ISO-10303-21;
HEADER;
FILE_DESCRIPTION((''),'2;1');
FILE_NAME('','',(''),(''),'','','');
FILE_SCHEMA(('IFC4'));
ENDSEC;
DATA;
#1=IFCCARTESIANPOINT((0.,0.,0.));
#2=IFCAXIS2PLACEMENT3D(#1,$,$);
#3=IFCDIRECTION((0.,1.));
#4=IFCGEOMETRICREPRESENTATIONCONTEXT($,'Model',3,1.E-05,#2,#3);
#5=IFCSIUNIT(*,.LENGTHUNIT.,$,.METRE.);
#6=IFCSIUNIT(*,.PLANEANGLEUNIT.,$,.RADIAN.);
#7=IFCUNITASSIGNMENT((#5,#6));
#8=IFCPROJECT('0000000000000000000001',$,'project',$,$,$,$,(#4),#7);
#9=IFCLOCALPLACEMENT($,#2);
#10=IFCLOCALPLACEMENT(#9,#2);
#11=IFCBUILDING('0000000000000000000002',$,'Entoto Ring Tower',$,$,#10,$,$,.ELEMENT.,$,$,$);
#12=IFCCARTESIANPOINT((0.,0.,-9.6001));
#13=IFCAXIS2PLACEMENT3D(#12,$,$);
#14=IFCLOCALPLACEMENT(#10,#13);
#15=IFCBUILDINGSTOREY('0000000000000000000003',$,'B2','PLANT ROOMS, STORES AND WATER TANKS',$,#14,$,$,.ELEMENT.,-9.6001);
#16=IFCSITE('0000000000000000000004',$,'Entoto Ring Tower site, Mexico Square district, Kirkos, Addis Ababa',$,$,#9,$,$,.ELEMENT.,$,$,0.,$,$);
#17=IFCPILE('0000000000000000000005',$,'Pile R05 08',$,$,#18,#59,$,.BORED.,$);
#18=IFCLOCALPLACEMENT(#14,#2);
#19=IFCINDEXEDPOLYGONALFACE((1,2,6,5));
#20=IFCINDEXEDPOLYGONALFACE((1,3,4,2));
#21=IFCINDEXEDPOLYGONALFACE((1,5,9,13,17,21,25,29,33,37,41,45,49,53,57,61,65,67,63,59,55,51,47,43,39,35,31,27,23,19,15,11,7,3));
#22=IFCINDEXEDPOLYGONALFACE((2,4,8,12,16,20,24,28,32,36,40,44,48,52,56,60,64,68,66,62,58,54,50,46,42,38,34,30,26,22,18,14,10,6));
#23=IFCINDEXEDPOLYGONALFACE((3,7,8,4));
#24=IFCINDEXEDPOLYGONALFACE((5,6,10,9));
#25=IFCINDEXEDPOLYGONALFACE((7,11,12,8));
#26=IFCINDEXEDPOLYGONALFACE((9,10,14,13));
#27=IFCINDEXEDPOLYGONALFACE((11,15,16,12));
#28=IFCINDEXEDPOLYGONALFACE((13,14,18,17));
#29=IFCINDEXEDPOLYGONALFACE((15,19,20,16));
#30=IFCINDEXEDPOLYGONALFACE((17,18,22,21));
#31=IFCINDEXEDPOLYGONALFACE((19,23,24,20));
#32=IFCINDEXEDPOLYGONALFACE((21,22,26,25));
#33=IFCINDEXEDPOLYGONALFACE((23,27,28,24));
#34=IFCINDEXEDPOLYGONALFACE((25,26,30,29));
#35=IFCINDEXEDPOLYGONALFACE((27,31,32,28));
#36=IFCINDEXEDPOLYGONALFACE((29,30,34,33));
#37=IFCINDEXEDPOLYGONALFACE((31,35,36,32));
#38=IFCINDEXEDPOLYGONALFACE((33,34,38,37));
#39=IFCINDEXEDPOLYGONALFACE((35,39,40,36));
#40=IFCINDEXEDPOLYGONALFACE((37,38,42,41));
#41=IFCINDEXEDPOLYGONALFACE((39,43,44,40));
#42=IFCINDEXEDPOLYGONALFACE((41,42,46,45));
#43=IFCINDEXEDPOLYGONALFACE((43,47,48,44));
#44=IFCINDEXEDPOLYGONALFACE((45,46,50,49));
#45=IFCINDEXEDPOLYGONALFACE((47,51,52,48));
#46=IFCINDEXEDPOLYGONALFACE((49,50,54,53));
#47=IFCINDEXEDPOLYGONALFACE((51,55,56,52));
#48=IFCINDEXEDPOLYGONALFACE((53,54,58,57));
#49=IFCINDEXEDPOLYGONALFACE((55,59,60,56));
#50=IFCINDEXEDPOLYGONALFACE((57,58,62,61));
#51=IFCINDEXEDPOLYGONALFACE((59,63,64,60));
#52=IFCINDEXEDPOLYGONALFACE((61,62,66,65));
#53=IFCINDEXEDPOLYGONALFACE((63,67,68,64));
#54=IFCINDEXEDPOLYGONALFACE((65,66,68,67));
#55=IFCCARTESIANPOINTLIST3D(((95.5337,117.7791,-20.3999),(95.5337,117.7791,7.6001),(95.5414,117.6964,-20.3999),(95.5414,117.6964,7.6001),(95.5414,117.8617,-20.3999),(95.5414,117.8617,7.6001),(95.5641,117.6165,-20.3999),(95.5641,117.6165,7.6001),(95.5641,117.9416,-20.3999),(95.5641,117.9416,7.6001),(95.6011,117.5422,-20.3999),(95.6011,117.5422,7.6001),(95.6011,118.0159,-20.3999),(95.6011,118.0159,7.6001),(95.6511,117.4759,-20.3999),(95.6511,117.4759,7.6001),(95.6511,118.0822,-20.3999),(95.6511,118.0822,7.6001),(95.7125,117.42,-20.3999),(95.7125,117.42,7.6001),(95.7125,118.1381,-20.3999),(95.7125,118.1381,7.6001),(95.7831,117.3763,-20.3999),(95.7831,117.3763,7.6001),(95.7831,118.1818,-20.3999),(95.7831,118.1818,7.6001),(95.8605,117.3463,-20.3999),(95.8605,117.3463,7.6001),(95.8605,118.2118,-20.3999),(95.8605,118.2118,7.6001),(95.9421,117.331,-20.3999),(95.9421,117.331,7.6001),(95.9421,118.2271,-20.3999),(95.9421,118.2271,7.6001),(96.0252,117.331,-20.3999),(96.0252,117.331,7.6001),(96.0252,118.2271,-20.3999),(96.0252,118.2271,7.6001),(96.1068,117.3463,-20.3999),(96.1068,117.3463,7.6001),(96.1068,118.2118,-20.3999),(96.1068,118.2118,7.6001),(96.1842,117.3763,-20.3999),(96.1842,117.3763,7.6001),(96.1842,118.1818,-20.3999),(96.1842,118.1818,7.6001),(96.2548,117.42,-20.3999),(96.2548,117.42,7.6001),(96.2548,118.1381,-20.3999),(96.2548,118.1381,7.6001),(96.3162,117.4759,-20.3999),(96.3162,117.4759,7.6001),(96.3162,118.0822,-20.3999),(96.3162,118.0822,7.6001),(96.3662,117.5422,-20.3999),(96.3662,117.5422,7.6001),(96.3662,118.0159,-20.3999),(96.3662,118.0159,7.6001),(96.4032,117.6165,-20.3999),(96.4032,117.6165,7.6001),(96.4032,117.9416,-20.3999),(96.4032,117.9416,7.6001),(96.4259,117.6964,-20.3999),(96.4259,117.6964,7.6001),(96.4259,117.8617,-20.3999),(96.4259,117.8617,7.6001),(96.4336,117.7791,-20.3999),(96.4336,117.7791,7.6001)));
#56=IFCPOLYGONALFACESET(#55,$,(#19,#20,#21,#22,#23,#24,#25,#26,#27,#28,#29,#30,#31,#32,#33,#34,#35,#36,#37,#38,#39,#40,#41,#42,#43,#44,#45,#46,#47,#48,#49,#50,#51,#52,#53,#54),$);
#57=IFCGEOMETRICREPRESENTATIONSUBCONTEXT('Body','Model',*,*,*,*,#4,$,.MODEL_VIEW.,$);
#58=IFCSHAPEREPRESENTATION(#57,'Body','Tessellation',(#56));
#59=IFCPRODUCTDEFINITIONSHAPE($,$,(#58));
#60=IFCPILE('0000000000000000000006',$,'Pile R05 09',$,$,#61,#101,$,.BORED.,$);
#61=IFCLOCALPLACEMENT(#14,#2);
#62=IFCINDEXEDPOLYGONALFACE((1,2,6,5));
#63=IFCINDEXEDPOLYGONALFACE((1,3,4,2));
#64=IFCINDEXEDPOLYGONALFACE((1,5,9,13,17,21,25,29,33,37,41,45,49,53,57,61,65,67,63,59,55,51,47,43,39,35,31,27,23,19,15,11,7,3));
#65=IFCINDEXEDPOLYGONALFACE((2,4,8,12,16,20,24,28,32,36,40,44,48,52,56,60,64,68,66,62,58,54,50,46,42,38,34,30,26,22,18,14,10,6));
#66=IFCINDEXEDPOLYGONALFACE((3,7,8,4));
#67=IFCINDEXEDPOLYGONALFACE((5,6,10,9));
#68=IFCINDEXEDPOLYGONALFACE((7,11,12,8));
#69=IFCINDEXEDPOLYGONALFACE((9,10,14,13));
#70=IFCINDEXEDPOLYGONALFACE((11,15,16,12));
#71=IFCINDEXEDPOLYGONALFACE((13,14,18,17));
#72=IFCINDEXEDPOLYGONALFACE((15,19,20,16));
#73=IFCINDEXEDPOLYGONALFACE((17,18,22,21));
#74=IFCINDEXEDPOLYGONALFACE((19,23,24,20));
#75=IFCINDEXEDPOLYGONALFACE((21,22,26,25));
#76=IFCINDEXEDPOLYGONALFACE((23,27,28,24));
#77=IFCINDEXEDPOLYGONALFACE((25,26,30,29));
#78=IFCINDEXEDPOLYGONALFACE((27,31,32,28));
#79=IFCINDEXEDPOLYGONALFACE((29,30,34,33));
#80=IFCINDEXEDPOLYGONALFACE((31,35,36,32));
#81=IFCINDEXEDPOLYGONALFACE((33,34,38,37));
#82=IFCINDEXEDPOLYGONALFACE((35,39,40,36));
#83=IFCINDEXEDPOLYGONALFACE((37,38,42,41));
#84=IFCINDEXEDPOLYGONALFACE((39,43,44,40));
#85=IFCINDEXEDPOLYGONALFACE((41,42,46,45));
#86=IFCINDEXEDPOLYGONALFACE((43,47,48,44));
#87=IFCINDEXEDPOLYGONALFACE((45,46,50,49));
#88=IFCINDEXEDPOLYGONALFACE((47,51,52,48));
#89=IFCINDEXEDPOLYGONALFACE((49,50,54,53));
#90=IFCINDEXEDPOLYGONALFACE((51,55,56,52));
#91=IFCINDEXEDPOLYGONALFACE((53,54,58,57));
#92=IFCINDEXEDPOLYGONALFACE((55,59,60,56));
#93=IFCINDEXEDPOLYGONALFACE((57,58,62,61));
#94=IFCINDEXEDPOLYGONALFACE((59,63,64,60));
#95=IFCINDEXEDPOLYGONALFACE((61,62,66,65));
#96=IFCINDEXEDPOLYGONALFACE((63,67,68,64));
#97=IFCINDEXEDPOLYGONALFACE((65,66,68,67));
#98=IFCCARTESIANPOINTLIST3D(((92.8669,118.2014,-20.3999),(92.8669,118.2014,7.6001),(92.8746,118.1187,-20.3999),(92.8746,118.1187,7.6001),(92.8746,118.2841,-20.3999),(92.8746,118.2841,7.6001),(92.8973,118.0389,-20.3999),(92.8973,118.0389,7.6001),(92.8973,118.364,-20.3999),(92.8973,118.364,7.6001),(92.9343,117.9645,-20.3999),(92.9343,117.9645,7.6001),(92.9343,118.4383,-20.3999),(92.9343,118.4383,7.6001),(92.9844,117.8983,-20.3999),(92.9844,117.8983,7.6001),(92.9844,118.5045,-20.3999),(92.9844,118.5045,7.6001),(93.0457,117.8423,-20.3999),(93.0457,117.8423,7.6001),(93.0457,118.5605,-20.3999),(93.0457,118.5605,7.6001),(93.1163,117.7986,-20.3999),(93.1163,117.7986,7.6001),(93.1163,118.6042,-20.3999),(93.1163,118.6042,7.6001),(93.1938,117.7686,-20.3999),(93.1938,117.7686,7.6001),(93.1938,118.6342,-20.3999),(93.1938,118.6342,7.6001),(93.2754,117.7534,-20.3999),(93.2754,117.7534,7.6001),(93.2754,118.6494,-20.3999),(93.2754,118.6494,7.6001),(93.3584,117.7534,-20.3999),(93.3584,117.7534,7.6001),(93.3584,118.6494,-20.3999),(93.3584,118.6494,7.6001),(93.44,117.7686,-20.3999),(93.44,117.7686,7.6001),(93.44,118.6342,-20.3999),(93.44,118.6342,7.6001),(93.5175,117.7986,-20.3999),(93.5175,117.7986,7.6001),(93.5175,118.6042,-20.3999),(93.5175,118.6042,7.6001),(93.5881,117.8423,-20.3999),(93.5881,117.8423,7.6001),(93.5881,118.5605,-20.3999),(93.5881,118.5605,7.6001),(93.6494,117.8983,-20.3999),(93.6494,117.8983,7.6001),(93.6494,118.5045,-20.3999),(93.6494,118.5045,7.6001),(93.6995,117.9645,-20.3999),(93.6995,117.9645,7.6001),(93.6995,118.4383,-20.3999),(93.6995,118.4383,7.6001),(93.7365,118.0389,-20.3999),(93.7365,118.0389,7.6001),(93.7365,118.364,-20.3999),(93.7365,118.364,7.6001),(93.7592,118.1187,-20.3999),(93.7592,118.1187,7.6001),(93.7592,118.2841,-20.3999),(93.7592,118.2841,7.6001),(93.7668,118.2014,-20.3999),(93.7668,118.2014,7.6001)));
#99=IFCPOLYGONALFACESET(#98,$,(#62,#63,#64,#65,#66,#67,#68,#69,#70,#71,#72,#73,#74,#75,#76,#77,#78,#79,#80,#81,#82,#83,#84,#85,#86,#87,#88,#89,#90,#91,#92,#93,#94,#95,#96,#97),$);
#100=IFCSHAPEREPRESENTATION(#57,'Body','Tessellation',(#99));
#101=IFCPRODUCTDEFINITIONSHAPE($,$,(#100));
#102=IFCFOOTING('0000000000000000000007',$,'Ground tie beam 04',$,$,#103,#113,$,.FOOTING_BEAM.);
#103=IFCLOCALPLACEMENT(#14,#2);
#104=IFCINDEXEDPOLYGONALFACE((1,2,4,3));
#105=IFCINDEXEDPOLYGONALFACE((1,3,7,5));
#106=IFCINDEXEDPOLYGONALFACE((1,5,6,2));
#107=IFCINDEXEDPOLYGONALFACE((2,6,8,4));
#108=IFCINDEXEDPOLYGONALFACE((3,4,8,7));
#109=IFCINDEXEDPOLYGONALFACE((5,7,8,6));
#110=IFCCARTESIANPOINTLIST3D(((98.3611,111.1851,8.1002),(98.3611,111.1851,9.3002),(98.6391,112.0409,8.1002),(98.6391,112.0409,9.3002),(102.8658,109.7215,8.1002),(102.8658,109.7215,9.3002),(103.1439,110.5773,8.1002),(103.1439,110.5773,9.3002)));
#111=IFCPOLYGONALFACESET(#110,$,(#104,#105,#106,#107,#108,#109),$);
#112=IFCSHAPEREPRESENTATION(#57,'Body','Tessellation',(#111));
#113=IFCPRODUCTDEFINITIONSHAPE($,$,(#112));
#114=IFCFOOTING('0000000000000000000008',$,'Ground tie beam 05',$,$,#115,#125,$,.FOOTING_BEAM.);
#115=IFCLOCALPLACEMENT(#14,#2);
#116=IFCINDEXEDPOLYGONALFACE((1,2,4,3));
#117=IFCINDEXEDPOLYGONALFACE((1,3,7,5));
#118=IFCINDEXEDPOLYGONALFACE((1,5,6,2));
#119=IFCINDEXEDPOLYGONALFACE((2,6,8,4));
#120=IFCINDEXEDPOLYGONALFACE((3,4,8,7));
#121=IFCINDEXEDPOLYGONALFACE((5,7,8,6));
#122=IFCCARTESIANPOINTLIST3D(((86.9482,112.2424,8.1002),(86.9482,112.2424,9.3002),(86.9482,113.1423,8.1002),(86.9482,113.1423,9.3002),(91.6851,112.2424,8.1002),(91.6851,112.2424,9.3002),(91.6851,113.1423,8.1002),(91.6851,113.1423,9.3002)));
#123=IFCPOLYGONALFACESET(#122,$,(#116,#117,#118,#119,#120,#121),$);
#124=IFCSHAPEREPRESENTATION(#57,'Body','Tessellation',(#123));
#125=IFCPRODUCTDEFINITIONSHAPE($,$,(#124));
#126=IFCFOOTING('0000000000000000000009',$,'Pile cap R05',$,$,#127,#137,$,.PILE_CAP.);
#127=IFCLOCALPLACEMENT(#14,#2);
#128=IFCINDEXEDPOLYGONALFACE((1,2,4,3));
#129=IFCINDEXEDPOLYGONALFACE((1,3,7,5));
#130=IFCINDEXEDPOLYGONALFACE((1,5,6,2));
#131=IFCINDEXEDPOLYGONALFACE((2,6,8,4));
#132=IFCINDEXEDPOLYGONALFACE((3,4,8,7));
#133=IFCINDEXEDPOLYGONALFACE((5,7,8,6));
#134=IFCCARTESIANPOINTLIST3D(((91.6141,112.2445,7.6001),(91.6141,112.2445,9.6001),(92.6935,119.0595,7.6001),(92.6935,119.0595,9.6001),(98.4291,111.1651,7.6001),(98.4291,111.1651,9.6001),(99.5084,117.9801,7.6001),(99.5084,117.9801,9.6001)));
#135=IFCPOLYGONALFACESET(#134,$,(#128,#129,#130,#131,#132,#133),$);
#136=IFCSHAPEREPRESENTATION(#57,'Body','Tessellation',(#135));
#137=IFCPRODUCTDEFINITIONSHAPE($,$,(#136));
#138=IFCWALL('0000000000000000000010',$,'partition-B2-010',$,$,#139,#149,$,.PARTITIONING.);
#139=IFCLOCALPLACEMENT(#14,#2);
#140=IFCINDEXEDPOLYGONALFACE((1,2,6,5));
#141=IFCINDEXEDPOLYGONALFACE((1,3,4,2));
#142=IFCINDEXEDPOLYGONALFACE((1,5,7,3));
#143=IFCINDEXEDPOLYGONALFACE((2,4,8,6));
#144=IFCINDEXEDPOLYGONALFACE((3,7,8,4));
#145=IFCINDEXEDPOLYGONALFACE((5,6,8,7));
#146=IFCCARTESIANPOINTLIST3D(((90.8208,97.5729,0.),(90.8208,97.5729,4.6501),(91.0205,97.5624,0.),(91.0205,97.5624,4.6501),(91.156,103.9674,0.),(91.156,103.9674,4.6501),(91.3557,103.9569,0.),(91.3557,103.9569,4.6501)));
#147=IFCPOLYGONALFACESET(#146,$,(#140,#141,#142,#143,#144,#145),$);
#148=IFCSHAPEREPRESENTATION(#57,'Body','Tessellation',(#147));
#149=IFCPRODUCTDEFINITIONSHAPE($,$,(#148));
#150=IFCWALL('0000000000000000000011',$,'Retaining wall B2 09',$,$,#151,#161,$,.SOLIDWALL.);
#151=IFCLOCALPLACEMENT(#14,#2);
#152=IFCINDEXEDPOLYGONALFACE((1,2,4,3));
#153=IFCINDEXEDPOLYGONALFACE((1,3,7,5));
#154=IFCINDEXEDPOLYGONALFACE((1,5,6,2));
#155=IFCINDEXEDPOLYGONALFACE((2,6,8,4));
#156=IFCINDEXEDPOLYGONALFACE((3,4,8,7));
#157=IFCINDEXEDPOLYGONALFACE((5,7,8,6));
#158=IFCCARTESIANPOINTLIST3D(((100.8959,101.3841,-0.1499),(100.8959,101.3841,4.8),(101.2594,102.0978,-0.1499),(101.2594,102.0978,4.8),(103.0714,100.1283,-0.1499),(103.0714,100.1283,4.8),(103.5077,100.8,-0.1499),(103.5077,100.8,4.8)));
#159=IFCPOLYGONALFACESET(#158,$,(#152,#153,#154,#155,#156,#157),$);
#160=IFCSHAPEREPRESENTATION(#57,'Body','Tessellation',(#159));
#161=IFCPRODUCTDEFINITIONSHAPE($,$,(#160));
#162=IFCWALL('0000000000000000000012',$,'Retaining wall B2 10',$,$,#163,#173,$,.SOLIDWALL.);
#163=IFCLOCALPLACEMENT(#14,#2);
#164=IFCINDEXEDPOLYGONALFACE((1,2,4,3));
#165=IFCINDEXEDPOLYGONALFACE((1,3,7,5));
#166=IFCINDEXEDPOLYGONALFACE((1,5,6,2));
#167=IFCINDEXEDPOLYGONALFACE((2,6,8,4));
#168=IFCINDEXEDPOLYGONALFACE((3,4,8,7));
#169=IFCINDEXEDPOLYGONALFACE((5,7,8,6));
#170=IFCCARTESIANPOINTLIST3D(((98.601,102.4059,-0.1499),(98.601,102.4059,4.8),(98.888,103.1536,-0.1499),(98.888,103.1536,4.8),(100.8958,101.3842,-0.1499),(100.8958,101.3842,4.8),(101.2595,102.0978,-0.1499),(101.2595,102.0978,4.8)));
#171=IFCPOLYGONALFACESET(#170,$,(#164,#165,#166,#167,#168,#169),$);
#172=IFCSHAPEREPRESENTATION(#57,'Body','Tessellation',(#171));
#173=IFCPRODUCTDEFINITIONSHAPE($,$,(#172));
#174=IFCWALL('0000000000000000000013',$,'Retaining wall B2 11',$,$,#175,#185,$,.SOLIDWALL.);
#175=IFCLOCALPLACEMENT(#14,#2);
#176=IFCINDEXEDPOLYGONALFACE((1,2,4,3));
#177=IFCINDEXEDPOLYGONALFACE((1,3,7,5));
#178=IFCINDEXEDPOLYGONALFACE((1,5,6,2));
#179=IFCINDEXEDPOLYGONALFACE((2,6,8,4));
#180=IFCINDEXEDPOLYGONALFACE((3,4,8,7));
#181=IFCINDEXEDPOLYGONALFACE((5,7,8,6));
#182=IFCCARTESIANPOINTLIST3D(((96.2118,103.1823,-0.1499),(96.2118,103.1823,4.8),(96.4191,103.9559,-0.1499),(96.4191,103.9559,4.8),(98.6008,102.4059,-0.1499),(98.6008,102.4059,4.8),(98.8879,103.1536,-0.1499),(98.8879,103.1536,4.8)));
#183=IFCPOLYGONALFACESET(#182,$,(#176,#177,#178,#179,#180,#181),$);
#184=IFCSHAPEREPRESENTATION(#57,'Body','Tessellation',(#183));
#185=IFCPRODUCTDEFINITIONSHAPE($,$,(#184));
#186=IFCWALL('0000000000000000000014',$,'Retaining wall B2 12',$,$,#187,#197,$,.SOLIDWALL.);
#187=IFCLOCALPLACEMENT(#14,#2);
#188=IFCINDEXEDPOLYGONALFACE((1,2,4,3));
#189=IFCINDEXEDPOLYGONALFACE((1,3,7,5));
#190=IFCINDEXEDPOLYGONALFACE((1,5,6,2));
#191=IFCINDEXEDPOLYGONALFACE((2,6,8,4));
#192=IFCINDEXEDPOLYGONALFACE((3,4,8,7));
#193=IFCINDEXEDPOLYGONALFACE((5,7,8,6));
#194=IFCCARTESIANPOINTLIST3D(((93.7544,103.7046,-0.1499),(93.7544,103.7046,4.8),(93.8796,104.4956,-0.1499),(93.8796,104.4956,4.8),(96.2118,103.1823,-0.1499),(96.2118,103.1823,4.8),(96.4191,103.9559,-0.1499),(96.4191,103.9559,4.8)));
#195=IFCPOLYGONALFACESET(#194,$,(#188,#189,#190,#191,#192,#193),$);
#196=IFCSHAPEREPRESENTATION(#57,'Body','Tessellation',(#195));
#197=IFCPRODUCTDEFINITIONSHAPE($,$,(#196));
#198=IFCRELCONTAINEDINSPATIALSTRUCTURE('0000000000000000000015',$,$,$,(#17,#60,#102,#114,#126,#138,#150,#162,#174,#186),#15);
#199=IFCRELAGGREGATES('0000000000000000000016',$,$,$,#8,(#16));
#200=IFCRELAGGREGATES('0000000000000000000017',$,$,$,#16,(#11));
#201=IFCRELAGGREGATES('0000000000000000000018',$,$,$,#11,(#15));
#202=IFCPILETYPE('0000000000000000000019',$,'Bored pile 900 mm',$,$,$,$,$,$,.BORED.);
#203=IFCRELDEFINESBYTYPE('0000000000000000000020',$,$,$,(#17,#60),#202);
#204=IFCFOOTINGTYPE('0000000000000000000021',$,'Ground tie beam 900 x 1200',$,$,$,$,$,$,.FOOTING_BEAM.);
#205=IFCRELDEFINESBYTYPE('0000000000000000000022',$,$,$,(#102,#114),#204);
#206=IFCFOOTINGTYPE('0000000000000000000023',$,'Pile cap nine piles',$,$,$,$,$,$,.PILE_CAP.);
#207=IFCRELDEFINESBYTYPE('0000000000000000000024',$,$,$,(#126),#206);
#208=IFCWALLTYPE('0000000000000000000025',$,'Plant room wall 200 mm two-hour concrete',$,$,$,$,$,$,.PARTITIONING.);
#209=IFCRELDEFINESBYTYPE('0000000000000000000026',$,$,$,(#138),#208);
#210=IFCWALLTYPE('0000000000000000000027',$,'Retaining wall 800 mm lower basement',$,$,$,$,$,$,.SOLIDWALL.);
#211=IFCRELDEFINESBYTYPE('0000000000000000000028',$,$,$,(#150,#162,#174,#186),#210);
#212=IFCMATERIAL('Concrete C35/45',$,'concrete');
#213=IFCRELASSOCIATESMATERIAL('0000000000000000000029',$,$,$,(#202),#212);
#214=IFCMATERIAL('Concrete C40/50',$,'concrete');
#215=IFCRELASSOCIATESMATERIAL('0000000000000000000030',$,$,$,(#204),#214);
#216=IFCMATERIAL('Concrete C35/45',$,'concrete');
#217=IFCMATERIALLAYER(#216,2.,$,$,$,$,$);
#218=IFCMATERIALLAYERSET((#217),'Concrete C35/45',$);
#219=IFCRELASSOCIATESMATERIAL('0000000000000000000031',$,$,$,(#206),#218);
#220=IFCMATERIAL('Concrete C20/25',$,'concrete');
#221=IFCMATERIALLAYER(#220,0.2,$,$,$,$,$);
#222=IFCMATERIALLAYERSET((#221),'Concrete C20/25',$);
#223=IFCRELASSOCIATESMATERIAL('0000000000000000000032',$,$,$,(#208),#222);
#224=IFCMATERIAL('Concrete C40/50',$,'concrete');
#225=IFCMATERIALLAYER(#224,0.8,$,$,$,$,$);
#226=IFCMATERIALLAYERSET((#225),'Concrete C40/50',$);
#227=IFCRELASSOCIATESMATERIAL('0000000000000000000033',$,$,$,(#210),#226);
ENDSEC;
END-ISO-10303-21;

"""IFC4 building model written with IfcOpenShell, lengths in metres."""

from ifc_helpers import new_model, si_unit, direction, frame, frame_2d, origin, origin_2d, place, context, subcontext, project, spatial, polyline, rectangle, circle, outline, extrude, material, layer, layer_set, material_profile, profile_set, type_object, element, save


model = new_model("IFC4")

# Units and contexts
model_context = context("Model", 3, precision=1e-05, world=origin(), true_north=direction((0.0, 1.0)))
body_context = subcontext(model_context, "Body", "Model", "MODEL_VIEW")
ifc_project = project(units=[si_unit("LENGTHUNIT", "METRE"), si_unit("PLANEANGLEUNIT", "RADIAN")], contexts=[model_context])

# Site, building, storey
site_placement = place(None, origin())
site = spatial("IfcSite", under=ifc_project, at=site_placement, Name="Entoto Ring Tower site, Mexico Square district, Kirkos, Addis Ababa", CompositionType="ELEMENT", RefElevation=0.0)
building_placement = place(site_placement, origin())
building = spatial("IfcBuilding", under=site, at=building_placement, Name="Entoto Ring Tower", CompositionType="ELEMENT")
storey_placement = place(building_placement, frame((0.0, 0.0, -9.6001)))
storey = spatial("IfcBuildingStorey", under=building, at=storey_placement, Name="B2", Description="PLANT ROOMS, STORES AND WATER TANKS", CompositionType="ELEMENT", Elevation=-9.6001)

# Piles
ifc_material_1 = material(Name="Concrete C35/45", Category="concrete")
ifc_material_profile_1 = material_profile(ifc_material_1, circle(Radius=0.45, at=origin_2d()), Name="Bored pile 900 mm")
ifc_profile_set_1 = profile_set([ifc_material_profile_1], Name="Concrete C35/45")
pile_type_1 = type_object("IfcPileType", Name="Bored pile 900 mm", PredefinedType="BORED", material=ifc_profile_set_1)
for number, where, z_axis, x_axis, name in (
    (1, (95.9836, 117.7791, 7.6001), (0.0, 0.0, -1.0), (1.0, 0.0, 0.0), "Pile R05 08"),
    (2, (93.3169, 118.2014, 7.6001), (0.0, 0.0, -1.0), (1.0, 0.0, 0.0), "Pile R05 09"),
):
    element("IfcPile", number, at=place(storey_placement, frame(where, z_axis=z_axis, x_axis=x_axis)), inside=storey, type_object=pile_type_1, Name=name, PredefinedType="BORED", context=body_context, shape_type="SweptSolid", body=[
        extrude(circle(Radius=0.45, at=origin_2d()), origin(), (0.0, 0.0, 1.0), 28.0),
    ])

# Footings
ifc_material_2 = material(Name="Concrete C40/50", Category="concrete")
ifc_material_profile_2 = material_profile(ifc_material_2, rectangle(XDim=0.8999, YDim=1.2, at=origin_2d()), Name="Ground tie beam 900 x 1200")
ifc_profile_set_2 = profile_set([ifc_material_profile_2], Name="Concrete C40/50")
footing_type_1 = type_object("IfcFootingType", Name="Ground tie beam 900 x 1200", PredefinedType="FOOTING_BEAM", material=ifc_profile_set_2)
footing_1_placement = place(storey_placement, frame((103.0049, 110.1494, 8.7002), z_axis=(-0.951063, 0.308997, 0.0), x_axis=(-0.308997, -0.951063, 0.0)))
element("IfcFooting", 3, at=footing_1_placement, inside=storey, type_object=footing_type_1, Name="Ground tie beam 04", PredefinedType="FOOTING_BEAM", context=body_context, shape_type="SweptSolid", body=[
    extrude(rectangle(XDim=0.8999, YDim=1.2, at=origin_2d()), origin(), (0.0, 0.0, 1.0), 4.7366),
])
footing_2_placement = place(storey_placement, frame((91.6851, 112.6924, 8.7002), z_axis=(-1.0, 0.0, 0.0), x_axis=(0.0, -1.0, 0.0)))
element("IfcFooting", 4, at=footing_2_placement, inside=storey, type_object=footing_type_1, Name="Ground tie beam 05", PredefinedType="FOOTING_BEAM", context=body_context, shape_type="SweptSolid", body=[
    extrude(rectangle(XDim=0.8999, YDim=1.2, at=origin_2d()), origin(), (0.0, 0.0, 1.0), 4.7368),
])
ifc_material_3 = material(Name="Concrete C35/45", Category="concrete")
ifc_layer_1 = layer(ifc_material_3, 2.0)
ifc_layer_set_1 = layer_set([ifc_layer_1], Name="Concrete C35/45")
footing_type_2 = type_object("IfcFootingType", Name="Pile cap nine piles", PredefinedType="PILE_CAP", material=ifc_layer_set_1)
footing_3_placement = place(storey_placement, frame((95.5613, 115.1123, 7.6001), z_axis=(0.0, 0.0, 1.0), x_axis=(0.156434, 0.987688, 0.0)))
element("IfcFooting", 5, at=footing_3_placement, inside=storey, type_object=footing_type_2, Name="Pile cap R05", PredefinedType="PILE_CAP", context=body_context, shape_type="SweptSolid", body=[
    extrude(rectangle(XDim=6.8999, YDim=6.8999, at=origin_2d()), origin(), (0.0, 0.0, 1.0), 2.0),
])

# Walls
ifc_material_4 = material(Name="Concrete C20/25", Category="concrete")
ifc_layer_2 = layer(ifc_material_4, 0.2)
ifc_layer_set_2 = layer_set([ifc_layer_2], Name="Concrete C20/25")
wall_type_1 = type_object("IfcWallType", Name="Plant room wall 200 mm two-hour concrete", PredefinedType="PARTITIONING", material=ifc_layer_set_2)
wall_1_placement = place(storey_placement, frame((90.9207, 97.5676, 0.0), z_axis=(0.0, 0.0, 1.0), x_axis=(0.052349, 0.998629, 0.0)))
element("IfcWall", 6, at=wall_1_placement, inside=storey, type_object=wall_type_1, Name="partition-B2-010", PredefinedType="PARTITIONING", context=body_context, shape_type="SweptSolid", body=[
    extrude(rectangle(XDim=6.4033, YDim=0.2, at=frame_2d((3.2017, 0.0))), origin(), (0.0, 0.0, 1.0), 4.6501),
])
ifc_material_5 = material(Name="Concrete C40/50", Category="concrete")
ifc_layer_3 = layer(ifc_material_5, 0.8)
ifc_layer_set_3 = layer_set([ifc_layer_3], Name="Concrete C40/50")
wall_type_2 = type_object("IfcWallType", Name="Retaining wall 800 mm lower basement", PredefinedType="SOLIDWALL", material=ifc_layer_set_3)
for number, where, z_axis, x_axis, name in (
    (7, (103.2896, 100.4641, -0.1499), (0.0, 0.0, 1.0), (-0.866058, 0.499943, 0.0), "Retaining wall B2 09"),
    (8, (101.0776, 101.741, -0.1499), (0.0, 0.0, 1.0), (-0.913547, 0.406733, 0.0), "Retaining wall B2 10"),
    (9, (98.7444, 102.7798, -0.1499), (0.0, 0.0, 1.0), (-0.951046, 0.309049, 0.0), "Retaining wall B2 11"),
):
    element("IfcWall", number, at=place(storey_placement, frame(where, z_axis=z_axis, x_axis=x_axis)), inside=storey, type_object=wall_type_2, Name=name, PredefinedType="SOLIDWALL", context=body_context, shape_type="SweptSolid", body=[
        extrude(outline(polyline([(-0.021, -0.3999), (2.575, -0.3999), (2.533, 0.3999), (0.021, 0.3999), (-0.021, -0.3999)])), origin(), (0.0, 0.0, 1.0), 4.95),
    ])
wall_2_placement = place(storey_placement, frame((96.3154, 103.5691, -0.1499), z_axis=(0.0, 0.0, 1.0), x_axis=(-0.978149, 0.207903, 0.0)))
element("IfcWall", 10, at=wall_2_placement, inside=storey, type_object=wall_type_2, Name="Retaining wall B2 12", PredefinedType="SOLIDWALL", context=body_context, shape_type="SweptSolid", body=[
    extrude(outline(polyline([(-0.021, -0.3999), (2.5752, -0.3999), (2.5332, 0.3999), (0.021, 0.3999), (-0.021, -0.3999)])), origin(), (0.0, 0.0, 1.0), 4.95),
])

save(model, "model.ifc")
